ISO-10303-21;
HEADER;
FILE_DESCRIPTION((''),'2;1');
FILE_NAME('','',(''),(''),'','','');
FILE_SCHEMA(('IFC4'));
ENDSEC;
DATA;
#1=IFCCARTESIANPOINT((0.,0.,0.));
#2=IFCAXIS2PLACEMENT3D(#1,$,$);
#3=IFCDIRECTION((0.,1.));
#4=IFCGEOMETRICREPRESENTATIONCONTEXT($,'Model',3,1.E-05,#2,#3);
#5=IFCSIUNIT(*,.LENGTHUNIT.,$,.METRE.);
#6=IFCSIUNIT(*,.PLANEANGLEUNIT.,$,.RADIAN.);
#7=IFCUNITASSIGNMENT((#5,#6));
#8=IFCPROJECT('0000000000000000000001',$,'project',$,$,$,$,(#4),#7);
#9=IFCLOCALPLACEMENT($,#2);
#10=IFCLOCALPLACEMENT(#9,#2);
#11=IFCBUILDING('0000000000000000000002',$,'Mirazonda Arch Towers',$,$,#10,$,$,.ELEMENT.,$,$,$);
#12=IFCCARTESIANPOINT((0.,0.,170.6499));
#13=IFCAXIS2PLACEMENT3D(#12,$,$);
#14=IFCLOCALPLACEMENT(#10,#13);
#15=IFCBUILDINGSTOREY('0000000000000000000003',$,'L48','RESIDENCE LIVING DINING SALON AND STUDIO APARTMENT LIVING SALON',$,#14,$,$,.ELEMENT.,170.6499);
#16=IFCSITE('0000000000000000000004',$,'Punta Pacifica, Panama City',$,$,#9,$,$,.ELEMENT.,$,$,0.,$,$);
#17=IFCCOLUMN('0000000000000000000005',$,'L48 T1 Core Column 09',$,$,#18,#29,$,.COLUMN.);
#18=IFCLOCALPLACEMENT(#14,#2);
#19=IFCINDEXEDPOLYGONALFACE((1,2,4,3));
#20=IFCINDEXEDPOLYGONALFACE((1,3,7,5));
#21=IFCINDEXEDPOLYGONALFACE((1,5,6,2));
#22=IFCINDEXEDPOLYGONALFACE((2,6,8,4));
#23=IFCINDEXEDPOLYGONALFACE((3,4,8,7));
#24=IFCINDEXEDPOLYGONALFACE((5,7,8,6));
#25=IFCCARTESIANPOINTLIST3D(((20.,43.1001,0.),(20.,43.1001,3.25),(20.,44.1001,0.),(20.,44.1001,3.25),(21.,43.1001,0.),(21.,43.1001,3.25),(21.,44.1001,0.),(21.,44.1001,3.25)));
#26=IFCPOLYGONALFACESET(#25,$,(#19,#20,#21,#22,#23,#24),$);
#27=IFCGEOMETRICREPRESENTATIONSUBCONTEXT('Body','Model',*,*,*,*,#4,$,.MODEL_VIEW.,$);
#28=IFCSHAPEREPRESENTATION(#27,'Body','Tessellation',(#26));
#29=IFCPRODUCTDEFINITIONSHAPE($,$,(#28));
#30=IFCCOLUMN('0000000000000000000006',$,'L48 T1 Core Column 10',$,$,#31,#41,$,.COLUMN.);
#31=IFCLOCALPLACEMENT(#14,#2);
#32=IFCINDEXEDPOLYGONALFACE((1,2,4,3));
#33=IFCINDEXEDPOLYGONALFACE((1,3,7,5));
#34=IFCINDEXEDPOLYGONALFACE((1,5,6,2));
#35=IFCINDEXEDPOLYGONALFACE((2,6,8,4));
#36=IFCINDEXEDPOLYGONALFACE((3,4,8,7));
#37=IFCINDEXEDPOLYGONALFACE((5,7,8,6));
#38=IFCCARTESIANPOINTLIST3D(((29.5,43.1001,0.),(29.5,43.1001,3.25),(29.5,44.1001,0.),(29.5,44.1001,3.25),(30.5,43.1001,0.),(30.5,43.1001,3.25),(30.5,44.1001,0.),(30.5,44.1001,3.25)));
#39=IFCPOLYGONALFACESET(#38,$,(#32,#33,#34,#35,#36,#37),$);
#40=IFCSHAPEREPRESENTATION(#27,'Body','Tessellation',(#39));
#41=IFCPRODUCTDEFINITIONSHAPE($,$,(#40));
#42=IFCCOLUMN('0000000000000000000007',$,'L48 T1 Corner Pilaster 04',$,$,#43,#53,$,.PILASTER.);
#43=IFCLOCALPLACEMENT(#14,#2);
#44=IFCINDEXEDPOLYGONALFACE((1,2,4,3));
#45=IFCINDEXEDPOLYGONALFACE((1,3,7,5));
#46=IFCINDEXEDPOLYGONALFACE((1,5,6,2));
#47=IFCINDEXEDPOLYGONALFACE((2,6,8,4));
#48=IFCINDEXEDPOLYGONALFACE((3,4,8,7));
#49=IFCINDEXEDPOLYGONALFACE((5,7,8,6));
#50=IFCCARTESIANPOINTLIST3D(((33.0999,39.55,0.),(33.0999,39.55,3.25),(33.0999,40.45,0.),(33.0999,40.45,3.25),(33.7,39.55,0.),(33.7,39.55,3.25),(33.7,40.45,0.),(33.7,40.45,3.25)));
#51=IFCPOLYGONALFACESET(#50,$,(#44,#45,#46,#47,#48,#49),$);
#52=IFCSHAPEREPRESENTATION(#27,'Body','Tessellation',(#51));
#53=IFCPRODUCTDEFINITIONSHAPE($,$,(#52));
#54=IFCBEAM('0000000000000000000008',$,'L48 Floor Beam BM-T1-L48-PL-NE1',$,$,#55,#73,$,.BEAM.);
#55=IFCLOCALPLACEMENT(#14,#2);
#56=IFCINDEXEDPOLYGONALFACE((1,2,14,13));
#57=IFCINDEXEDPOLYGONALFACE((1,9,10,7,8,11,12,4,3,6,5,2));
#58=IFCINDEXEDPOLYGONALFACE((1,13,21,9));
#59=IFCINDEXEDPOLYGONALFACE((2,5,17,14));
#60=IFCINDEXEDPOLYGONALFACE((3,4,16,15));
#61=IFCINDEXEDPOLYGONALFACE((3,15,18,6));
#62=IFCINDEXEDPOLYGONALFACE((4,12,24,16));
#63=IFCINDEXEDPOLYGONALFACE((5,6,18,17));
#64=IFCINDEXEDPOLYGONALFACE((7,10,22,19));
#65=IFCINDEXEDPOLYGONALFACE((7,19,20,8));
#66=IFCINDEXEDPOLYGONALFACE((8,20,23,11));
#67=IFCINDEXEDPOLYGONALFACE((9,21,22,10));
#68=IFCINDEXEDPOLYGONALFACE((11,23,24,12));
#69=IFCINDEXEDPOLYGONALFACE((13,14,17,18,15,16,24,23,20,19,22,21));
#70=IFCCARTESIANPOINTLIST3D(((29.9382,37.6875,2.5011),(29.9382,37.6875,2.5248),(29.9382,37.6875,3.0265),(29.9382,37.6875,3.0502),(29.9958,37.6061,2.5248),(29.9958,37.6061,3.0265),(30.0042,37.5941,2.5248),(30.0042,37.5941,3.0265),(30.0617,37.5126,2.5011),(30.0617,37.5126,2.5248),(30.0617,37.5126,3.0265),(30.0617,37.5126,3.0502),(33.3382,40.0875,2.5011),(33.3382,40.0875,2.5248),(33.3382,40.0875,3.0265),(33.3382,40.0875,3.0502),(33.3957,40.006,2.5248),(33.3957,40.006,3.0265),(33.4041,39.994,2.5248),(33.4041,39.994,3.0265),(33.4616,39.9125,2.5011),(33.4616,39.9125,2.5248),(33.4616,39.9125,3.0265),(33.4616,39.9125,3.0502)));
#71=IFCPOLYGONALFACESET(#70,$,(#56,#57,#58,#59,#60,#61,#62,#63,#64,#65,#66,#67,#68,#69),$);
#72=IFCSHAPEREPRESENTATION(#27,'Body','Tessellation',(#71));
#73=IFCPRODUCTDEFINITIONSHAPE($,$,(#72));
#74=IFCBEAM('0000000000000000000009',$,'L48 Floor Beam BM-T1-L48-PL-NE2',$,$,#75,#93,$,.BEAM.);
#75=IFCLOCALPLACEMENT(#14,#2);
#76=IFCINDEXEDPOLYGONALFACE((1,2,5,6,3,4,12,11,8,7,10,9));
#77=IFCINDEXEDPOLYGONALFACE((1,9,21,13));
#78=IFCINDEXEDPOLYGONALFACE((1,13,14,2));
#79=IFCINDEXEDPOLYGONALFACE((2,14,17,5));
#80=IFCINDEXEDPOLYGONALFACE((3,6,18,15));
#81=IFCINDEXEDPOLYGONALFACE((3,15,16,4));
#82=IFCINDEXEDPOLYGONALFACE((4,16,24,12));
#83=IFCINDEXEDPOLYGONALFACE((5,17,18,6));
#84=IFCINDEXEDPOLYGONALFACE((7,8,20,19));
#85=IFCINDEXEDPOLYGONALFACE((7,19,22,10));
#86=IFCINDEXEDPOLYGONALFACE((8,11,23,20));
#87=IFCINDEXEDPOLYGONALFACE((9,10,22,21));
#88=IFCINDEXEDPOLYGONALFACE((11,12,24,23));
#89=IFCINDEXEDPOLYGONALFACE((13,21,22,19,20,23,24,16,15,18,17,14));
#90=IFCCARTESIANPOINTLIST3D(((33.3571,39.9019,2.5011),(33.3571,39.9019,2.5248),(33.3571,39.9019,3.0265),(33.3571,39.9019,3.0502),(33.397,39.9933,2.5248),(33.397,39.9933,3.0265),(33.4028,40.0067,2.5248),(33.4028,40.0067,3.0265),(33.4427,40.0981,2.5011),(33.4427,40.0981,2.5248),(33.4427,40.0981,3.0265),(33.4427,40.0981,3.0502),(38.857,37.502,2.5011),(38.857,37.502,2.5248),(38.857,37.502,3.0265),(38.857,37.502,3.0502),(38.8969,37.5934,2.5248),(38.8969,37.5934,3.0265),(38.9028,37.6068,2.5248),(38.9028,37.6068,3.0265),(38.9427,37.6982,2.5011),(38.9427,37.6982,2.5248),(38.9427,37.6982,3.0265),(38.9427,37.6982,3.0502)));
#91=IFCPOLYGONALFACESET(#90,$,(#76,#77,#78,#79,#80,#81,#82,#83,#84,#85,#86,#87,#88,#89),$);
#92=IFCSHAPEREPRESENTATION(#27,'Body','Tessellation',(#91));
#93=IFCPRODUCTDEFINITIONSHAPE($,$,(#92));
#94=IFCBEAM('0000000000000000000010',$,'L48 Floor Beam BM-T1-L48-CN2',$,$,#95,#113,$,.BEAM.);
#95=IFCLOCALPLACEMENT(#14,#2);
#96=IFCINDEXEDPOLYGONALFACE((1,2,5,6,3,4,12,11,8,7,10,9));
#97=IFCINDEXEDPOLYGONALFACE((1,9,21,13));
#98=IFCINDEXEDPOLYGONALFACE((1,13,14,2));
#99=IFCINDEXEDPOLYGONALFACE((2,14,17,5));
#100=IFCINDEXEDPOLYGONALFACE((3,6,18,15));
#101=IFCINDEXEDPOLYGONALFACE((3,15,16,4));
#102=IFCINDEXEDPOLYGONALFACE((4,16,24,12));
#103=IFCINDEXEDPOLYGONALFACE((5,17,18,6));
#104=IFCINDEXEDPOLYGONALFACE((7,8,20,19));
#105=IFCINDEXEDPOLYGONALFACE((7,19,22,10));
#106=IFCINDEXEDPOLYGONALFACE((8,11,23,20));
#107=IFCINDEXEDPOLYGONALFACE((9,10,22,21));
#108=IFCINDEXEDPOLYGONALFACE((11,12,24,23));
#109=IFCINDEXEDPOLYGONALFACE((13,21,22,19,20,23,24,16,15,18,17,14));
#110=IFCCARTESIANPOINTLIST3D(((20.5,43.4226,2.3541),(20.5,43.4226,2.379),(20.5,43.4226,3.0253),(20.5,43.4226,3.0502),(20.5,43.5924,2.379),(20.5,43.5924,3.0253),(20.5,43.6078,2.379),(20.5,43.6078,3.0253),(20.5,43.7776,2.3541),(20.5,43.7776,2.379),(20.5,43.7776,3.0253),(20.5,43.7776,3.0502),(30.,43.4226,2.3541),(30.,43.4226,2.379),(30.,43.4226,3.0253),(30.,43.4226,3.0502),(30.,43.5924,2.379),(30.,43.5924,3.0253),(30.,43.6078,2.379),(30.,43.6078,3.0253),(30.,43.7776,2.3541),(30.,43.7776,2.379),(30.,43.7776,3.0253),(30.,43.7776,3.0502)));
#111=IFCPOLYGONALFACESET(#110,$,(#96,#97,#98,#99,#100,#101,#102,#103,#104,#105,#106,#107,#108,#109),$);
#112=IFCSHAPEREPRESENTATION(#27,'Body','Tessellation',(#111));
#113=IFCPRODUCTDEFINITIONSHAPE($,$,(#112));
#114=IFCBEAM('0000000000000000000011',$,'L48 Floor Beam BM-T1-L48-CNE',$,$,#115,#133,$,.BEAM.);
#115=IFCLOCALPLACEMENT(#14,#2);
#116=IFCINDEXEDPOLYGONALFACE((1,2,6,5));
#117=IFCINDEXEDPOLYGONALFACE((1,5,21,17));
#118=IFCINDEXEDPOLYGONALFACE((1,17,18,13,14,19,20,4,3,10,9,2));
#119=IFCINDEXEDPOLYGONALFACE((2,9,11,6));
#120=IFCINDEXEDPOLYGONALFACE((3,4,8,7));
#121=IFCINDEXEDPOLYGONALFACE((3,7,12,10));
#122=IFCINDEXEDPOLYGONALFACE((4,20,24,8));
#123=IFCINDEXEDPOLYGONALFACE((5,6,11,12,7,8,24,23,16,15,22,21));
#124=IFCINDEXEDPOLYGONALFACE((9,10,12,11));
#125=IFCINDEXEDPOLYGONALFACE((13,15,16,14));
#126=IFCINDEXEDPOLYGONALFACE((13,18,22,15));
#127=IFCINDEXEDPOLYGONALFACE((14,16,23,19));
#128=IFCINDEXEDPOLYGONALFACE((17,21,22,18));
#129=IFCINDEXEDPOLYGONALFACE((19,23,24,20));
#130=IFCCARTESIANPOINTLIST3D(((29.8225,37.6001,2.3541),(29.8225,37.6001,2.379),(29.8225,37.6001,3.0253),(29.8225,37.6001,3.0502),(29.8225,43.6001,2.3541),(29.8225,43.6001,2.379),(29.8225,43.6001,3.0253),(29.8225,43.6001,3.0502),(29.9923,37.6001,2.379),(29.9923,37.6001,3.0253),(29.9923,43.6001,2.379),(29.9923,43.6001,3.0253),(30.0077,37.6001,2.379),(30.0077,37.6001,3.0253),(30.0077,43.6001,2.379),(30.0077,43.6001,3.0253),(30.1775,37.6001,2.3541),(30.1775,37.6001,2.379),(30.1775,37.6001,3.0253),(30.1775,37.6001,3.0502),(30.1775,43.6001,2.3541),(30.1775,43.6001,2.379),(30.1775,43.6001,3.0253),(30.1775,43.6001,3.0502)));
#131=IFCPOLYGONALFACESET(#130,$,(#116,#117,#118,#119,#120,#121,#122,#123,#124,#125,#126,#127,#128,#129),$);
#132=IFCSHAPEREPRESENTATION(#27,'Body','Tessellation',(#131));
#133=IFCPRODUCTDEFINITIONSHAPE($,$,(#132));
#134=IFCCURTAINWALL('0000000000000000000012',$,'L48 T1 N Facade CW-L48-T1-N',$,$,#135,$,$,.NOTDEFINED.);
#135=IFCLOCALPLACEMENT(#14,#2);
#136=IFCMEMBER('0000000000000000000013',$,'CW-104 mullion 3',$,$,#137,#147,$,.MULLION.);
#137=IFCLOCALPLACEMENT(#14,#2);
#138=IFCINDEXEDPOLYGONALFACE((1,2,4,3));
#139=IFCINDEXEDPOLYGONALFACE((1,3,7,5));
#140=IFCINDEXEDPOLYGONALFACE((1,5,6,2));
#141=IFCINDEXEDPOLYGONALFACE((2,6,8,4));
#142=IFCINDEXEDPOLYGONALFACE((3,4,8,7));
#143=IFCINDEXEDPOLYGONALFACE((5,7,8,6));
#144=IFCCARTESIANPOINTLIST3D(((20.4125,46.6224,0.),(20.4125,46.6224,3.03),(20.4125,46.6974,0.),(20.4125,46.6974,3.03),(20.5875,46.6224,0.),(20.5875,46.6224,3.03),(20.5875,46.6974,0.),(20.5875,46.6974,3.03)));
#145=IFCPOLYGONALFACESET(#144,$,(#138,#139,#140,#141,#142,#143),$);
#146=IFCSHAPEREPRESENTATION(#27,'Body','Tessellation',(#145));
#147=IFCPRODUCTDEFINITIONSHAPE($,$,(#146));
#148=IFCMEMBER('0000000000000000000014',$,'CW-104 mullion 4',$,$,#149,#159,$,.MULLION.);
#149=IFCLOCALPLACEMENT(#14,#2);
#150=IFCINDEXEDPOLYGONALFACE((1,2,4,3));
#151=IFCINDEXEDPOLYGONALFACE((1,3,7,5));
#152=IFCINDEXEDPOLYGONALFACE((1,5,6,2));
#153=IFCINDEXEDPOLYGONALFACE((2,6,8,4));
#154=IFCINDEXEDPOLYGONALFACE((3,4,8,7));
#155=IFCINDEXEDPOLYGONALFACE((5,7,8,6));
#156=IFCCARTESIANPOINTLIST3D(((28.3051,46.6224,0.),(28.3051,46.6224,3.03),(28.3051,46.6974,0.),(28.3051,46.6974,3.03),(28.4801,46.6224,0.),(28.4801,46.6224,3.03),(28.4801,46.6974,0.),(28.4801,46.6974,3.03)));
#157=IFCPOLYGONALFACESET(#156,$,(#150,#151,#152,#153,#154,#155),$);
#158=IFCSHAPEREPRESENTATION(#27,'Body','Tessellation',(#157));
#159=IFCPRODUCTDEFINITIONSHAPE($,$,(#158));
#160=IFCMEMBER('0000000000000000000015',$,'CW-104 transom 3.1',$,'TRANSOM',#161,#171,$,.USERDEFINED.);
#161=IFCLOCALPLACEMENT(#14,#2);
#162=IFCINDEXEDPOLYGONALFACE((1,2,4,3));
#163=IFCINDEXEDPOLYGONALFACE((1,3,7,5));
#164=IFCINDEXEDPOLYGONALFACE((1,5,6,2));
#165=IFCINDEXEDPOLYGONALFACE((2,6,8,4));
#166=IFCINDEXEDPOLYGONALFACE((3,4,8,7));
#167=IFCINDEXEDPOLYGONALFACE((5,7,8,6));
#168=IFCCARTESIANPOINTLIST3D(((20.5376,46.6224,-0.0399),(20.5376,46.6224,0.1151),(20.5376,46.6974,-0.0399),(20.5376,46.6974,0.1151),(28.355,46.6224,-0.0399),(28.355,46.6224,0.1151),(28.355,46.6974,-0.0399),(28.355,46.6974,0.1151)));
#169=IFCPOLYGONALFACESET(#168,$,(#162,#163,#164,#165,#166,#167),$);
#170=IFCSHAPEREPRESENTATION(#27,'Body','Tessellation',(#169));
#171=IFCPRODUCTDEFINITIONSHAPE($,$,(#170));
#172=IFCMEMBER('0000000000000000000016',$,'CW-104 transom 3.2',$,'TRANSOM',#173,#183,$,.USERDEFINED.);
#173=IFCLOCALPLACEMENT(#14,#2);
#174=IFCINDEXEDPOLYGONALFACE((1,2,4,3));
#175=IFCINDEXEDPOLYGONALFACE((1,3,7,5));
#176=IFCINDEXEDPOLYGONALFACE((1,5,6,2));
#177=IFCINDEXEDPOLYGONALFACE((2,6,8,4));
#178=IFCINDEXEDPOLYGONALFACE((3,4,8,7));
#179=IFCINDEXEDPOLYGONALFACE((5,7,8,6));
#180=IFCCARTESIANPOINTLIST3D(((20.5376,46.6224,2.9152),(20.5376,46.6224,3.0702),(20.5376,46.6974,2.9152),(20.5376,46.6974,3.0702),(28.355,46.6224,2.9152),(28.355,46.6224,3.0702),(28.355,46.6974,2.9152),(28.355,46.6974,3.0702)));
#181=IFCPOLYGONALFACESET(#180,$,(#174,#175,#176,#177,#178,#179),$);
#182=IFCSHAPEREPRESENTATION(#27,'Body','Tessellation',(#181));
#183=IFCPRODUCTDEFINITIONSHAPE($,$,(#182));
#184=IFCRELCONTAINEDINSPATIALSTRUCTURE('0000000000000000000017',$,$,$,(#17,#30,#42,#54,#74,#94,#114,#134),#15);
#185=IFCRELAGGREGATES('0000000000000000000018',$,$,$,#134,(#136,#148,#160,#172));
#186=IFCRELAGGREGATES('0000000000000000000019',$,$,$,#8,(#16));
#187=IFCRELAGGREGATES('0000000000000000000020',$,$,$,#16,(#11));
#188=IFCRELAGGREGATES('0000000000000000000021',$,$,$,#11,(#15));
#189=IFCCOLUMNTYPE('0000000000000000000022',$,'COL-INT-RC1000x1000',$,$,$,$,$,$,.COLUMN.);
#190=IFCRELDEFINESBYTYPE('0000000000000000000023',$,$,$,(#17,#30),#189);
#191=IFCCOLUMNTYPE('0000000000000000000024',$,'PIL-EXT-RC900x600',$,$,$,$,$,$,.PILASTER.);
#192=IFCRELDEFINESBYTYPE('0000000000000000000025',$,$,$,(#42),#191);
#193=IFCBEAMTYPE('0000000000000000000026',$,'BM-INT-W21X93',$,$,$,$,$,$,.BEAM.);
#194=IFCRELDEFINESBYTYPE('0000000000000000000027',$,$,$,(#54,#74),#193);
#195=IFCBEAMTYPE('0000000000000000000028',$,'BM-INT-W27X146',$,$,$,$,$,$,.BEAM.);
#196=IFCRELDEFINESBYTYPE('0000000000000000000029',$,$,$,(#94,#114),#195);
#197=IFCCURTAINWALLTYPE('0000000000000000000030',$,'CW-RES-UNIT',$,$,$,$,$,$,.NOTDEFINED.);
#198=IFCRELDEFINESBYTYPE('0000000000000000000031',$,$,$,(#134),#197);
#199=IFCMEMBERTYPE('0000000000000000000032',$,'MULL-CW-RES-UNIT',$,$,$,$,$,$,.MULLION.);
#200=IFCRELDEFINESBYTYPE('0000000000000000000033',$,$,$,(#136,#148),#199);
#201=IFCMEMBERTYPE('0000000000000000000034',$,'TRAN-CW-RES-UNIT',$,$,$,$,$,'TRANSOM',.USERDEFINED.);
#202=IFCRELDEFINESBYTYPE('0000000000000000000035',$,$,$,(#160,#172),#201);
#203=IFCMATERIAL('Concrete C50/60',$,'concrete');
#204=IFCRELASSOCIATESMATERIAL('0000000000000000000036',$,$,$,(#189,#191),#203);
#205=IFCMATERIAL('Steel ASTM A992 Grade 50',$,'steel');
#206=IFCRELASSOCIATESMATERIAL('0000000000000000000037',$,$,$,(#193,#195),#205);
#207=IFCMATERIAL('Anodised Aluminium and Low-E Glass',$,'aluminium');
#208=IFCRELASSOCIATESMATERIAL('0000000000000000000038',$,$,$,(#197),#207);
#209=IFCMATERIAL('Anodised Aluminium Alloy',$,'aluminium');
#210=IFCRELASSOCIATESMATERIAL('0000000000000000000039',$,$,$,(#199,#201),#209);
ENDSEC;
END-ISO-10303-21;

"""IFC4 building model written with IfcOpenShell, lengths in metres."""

from ifc_helpers import new_model, si_unit, direction, frame, origin, origin_2d, place, context, subcontext, project, spatial, rectangle, i_section, extrude, material, material_profile, profile_set, type_object, element, aggregate, save


model = new_model("IFC4")

# Units and contexts
model_context = context("Model", 3, precision=1e-05, world=origin(), true_north=direction((0.0, 1.0)))
body_context = subcontext(model_context, "Body", "Model", "MODEL_VIEW")
ifc_project = project(units=[si_unit("LENGTHUNIT", "METRE"), si_unit("PLANEANGLEUNIT", "RADIAN")], contexts=[model_context])

# Site, building, storey
site_placement = place(None, origin())
site = spatial("IfcSite", under=ifc_project, at=site_placement, Name="Punta Pacifica, Panama City", CompositionType="ELEMENT", RefElevation=0.0)
building_placement = place(site_placement, origin())
building = spatial("IfcBuilding", under=site, at=building_placement, Name="Mirazonda Arch Towers", CompositionType="ELEMENT")
storey_placement = place(building_placement, frame((0.0, 0.0, 170.6499)))
storey = spatial("IfcBuildingStorey", under=building, at=storey_placement, Name="L48", Description="RESIDENCE LIVING DINING SALON AND STUDIO APARTMENT LIVING SALON", CompositionType="ELEMENT", Elevation=170.6499)

# Columns
ifc_material_1 = material(Name="Concrete C50/60", Category="concrete")
ifc_material_profile_1 = material_profile(ifc_material_1, rectangle(XDim=1.0, YDim=1.0, at=origin_2d()), Name="RC1000x1000")
ifc_profile_set_1 = profile_set([ifc_material_profile_1], Name="Concrete C50/60")
column_type_1 = type_object("IfcColumnType", Name="COL-INT-RC1000x1000", PredefinedType="COLUMN", material=ifc_profile_set_1)
for number, where, z_axis, x_axis, name in (
    (1, (20.5, 43.6001, 0.0), (0.0, 0.0, 1.0), (1.0, 0.0, 0.0), "L48 T1 Core Column 09"),
    (2, (30.0, 43.6001, 0.0), (0.0, 0.0, 1.0), (1.0, 0.0, 0.0), "L48 T1 Core Column 10"),
):
    element("IfcColumn", number, at=place(storey_placement, frame(where, z_axis=z_axis, x_axis=x_axis)), inside=storey, type_object=column_type_1, Name=name, PredefinedType="COLUMN", context=body_context, shape_type="SweptSolid", body=[
        extrude(rectangle(XDim=1.0, YDim=1.0, at=origin_2d()), origin(), (0.0, 0.0, 1.0), 3.25),
    ])
ifc_material_profile_2 = material_profile(ifc_material_1, rectangle(XDim=0.6001, YDim=0.8999, at=origin_2d()), Name="RC900x600")
ifc_profile_set_2 = profile_set([ifc_material_profile_2], Name="Concrete C50/60")
column_type_2 = type_object("IfcColumnType", Name="PIL-EXT-RC900x600", PredefinedType="PILASTER", material=ifc_profile_set_2)
column_placement = place(storey_placement, frame((33.3999, 40.0, 0.0), z_axis=(0.0, 0.0, 1.0), x_axis=(1.0, 0.0, 0.0)))
element("IfcColumn", 3, at=column_placement, inside=storey, type_object=column_type_2, Name="L48 T1 Corner Pilaster 04", PredefinedType="PILASTER", context=body_context, shape_type="SweptSolid", body=[
    extrude(rectangle(XDim=0.6001, YDim=0.8999, at=origin_2d()), origin(), (0.0, 0.0, 1.0), 3.25),
])

# Beams
ifc_material_2 = material(Name="Steel ASTM A992 Grade 50", Category="steel")
ifc_material_profile_3 = material_profile(ifc_material_2, i_section(OverallWidth=0.2141, OverallDepth=0.5491, WebThickness=0.0146, FlangeThickness=0.0237, at=origin_2d()), Name="W21X93")
ifc_profile_set_3 = profile_set([ifc_material_profile_3], Name="Steel ASTM A992 Grade 50")
beam_type_1 = type_object("IfcBeamType", Name="BM-INT-W21X93", PredefinedType="BEAM", material=ifc_profile_set_3)
beam_1_placement = place(storey_placement, frame((33.3999, 40.0, 2.7756), z_axis=(-0.816971, -0.576679, 0.0), x_axis=(0.576679, -0.816971, 0.0)))
element("IfcBeam", 4, at=beam_1_placement, inside=storey, type_object=beam_type_1, Name="L48 Floor Beam BM-T1-L48-PL-NE1", PredefinedType="BEAM", context=body_context, shape_type="SweptSolid", body=[
    extrude(i_section(OverallWidth=0.2141, OverallDepth=0.5491, WebThickness=0.0146, FlangeThickness=0.0237, at=origin_2d()), origin(), (0.0, 0.0, 1.0), 4.1616),
])
beam_2_placement = place(storey_placement, frame((33.3999, 40.0, 2.7756), z_axis=(0.916545, -0.399931, 0.0), x_axis=(0.399931, 0.916545, 0.0)))
element("IfcBeam", 5, at=beam_2_placement, inside=storey, type_object=beam_type_1, Name="L48 Floor Beam BM-T1-L48-PL-NE2", PredefinedType="BEAM", context=body_context, shape_type="SweptSolid", body=[
    extrude(i_section(OverallWidth=0.2141, OverallDepth=0.5491, WebThickness=0.0146, FlangeThickness=0.0237, at=origin_2d()), origin(), (0.0, 0.0, 1.0), 6.0007),
])
ifc_material_profile_4 = material_profile(ifc_material_2, i_section(OverallWidth=0.355, OverallDepth=0.696, WebThickness=0.0154, FlangeThickness=0.0249, at=origin_2d()), Name="W27X146")
ifc_profile_set_4 = profile_set([ifc_material_profile_4], Name="Steel ASTM A992 Grade 50")
beam_type_2 = type_object("IfcBeamType", Name="BM-INT-W27X146", PredefinedType="BEAM", material=ifc_profile_set_4)
beam_3_placement = place(storey_placement, frame((20.5, 43.6001, 2.7021), z_axis=(1.0, 0.0, 0.0), x_axis=(0.0, 1.0, 0.0)))
element("IfcBeam", 6, at=beam_3_placement, inside=storey, type_object=beam_type_2, Name="L48 Floor Beam BM-T1-L48-CN2", PredefinedType="BEAM", context=body_context, shape_type="SweptSolid", body=[
    extrude(i_section(OverallWidth=0.355, OverallDepth=0.696, WebThickness=0.0154, FlangeThickness=0.0249, at=origin_2d()), origin(), (0.0, 0.0, 1.0), 9.5),
])
beam_4_placement = place(storey_placement, frame((30.0, 37.6001, 2.7021), z_axis=(0.0, 1.0, 0.0), x_axis=(-1.0, 0.0, 0.0)))
element("IfcBeam", 7, at=beam_4_placement, inside=storey, type_object=beam_type_2, Name="L48 Floor Beam BM-T1-L48-CNE", PredefinedType="BEAM", context=body_context, shape_type="SweptSolid", body=[
    extrude(i_section(OverallWidth=0.355, OverallDepth=0.696, WebThickness=0.0154, FlangeThickness=0.0249, at=origin_2d()), origin(), (0.0, 0.0, 1.0), 6.0),
])

# Curtain wall, members
ifc_material_3 = material(Name="Anodised Aluminium and Low-E Glass", Category="aluminium")
curtain_wall_type = type_object("IfcCurtainWallType", Name="CW-RES-UNIT", PredefinedType="NOTDEFINED", material=ifc_material_3)
curtain_wall_placement = place(storey_placement, origin())
curtain_wall = element("IfcCurtainWall", 8, at=curtain_wall_placement, inside=storey, type_object=curtain_wall_type, Name="L48 T1 N Facade CW-L48-T1-N", PredefinedType="NOTDEFINED")
ifc_material_4 = material(Name="Anodised Aluminium Alloy", Category="aluminium")
ifc_material_profile_5 = material_profile(ifc_material_4, rectangle(XDim=0.075, YDim=0.175, at=origin_2d()), Name="ALU-MULL-75x175")
ifc_profile_set_5 = profile_set([ifc_material_profile_5], Name="Anodised Aluminium Alloy")
member_type_1 = type_object("IfcMemberType", Name="MULL-CW-RES-UNIT", PredefinedType="MULLION", material=ifc_profile_set_5)
member_1_placement = place(storey_placement, frame((20.5, 46.6599, 0.0), z_axis=(0.0, 0.0, 1.0), x_axis=(0.0, 1.0, 0.0)))
member_1 = element("IfcMember", 9, at=member_1_placement, type_object=member_type_1, Name="CW-104 mullion 3", PredefinedType="MULLION", context=body_context, shape_type="SweptSolid", body=[
    extrude(rectangle(XDim=0.075, YDim=0.175, at=origin_2d()), origin(), (0.0, 0.0, 1.0), 3.03),
])
member_2_placement = place(storey_placement, frame((28.3926, 46.6599, 0.0), z_axis=(0.0, 0.0, 1.0), x_axis=(0.0, 1.0, 0.0)))
member_2 = element("IfcMember", 10, at=member_2_placement, type_object=member_type_1, Name="CW-104 mullion 4", PredefinedType="MULLION", context=body_context, shape_type="SweptSolid", body=[
    extrude(rectangle(XDim=0.075, YDim=0.175, at=origin_2d()), origin(), (0.0, 0.0, 1.0), 3.03),
])
ifc_material_profile_6 = material_profile(ifc_material_4, rectangle(XDim=0.075, YDim=0.155, at=origin_2d()), Name="ALU-TRAN-75x155")
ifc_profile_set_6 = profile_set([ifc_material_profile_6], Name="Anodised Aluminium Alloy")
member_type_2 = type_object("IfcMemberType", Name="TRAN-CW-RES-UNIT", ElementType="TRANSOM", PredefinedType="USERDEFINED", material=ifc_profile_set_6)
member_3_placement = place(storey_placement, frame((20.5376, 46.6599, 0.0376), z_axis=(1.0, 0.0, 0.0), x_axis=(0.0, 1.0, 0.0)))
member_3 = element("IfcMember", 11, at=member_3_placement, type_object=member_type_2, Name="CW-104 transom 3.1", ObjectType="TRANSOM", PredefinedType="USERDEFINED", context=body_context, shape_type="SweptSolid", body=[
    extrude(rectangle(XDim=0.075, YDim=0.155, at=origin_2d()), origin(), (0.0, 0.0, 1.0), 7.8174),
])
member_4_placement = place(storey_placement, frame((20.5376, 46.6599, 2.9927), z_axis=(1.0, 0.0, 0.0), x_axis=(0.0, 1.0, 0.0)))
member_4 = element("IfcMember", 12, at=member_4_placement, type_object=member_type_2, Name="CW-104 transom 3.2", ObjectType="TRANSOM", PredefinedType="USERDEFINED", context=body_context, shape_type="SweptSolid", body=[
    extrude(rectangle(XDim=0.075, YDim=0.155, at=origin_2d()), origin(), (0.0, 0.0, 1.0), 7.8174),
])
aggregate(curtain_wall, [member_1, member_2, member_3, member_4])

save(model, "model.ifc")
